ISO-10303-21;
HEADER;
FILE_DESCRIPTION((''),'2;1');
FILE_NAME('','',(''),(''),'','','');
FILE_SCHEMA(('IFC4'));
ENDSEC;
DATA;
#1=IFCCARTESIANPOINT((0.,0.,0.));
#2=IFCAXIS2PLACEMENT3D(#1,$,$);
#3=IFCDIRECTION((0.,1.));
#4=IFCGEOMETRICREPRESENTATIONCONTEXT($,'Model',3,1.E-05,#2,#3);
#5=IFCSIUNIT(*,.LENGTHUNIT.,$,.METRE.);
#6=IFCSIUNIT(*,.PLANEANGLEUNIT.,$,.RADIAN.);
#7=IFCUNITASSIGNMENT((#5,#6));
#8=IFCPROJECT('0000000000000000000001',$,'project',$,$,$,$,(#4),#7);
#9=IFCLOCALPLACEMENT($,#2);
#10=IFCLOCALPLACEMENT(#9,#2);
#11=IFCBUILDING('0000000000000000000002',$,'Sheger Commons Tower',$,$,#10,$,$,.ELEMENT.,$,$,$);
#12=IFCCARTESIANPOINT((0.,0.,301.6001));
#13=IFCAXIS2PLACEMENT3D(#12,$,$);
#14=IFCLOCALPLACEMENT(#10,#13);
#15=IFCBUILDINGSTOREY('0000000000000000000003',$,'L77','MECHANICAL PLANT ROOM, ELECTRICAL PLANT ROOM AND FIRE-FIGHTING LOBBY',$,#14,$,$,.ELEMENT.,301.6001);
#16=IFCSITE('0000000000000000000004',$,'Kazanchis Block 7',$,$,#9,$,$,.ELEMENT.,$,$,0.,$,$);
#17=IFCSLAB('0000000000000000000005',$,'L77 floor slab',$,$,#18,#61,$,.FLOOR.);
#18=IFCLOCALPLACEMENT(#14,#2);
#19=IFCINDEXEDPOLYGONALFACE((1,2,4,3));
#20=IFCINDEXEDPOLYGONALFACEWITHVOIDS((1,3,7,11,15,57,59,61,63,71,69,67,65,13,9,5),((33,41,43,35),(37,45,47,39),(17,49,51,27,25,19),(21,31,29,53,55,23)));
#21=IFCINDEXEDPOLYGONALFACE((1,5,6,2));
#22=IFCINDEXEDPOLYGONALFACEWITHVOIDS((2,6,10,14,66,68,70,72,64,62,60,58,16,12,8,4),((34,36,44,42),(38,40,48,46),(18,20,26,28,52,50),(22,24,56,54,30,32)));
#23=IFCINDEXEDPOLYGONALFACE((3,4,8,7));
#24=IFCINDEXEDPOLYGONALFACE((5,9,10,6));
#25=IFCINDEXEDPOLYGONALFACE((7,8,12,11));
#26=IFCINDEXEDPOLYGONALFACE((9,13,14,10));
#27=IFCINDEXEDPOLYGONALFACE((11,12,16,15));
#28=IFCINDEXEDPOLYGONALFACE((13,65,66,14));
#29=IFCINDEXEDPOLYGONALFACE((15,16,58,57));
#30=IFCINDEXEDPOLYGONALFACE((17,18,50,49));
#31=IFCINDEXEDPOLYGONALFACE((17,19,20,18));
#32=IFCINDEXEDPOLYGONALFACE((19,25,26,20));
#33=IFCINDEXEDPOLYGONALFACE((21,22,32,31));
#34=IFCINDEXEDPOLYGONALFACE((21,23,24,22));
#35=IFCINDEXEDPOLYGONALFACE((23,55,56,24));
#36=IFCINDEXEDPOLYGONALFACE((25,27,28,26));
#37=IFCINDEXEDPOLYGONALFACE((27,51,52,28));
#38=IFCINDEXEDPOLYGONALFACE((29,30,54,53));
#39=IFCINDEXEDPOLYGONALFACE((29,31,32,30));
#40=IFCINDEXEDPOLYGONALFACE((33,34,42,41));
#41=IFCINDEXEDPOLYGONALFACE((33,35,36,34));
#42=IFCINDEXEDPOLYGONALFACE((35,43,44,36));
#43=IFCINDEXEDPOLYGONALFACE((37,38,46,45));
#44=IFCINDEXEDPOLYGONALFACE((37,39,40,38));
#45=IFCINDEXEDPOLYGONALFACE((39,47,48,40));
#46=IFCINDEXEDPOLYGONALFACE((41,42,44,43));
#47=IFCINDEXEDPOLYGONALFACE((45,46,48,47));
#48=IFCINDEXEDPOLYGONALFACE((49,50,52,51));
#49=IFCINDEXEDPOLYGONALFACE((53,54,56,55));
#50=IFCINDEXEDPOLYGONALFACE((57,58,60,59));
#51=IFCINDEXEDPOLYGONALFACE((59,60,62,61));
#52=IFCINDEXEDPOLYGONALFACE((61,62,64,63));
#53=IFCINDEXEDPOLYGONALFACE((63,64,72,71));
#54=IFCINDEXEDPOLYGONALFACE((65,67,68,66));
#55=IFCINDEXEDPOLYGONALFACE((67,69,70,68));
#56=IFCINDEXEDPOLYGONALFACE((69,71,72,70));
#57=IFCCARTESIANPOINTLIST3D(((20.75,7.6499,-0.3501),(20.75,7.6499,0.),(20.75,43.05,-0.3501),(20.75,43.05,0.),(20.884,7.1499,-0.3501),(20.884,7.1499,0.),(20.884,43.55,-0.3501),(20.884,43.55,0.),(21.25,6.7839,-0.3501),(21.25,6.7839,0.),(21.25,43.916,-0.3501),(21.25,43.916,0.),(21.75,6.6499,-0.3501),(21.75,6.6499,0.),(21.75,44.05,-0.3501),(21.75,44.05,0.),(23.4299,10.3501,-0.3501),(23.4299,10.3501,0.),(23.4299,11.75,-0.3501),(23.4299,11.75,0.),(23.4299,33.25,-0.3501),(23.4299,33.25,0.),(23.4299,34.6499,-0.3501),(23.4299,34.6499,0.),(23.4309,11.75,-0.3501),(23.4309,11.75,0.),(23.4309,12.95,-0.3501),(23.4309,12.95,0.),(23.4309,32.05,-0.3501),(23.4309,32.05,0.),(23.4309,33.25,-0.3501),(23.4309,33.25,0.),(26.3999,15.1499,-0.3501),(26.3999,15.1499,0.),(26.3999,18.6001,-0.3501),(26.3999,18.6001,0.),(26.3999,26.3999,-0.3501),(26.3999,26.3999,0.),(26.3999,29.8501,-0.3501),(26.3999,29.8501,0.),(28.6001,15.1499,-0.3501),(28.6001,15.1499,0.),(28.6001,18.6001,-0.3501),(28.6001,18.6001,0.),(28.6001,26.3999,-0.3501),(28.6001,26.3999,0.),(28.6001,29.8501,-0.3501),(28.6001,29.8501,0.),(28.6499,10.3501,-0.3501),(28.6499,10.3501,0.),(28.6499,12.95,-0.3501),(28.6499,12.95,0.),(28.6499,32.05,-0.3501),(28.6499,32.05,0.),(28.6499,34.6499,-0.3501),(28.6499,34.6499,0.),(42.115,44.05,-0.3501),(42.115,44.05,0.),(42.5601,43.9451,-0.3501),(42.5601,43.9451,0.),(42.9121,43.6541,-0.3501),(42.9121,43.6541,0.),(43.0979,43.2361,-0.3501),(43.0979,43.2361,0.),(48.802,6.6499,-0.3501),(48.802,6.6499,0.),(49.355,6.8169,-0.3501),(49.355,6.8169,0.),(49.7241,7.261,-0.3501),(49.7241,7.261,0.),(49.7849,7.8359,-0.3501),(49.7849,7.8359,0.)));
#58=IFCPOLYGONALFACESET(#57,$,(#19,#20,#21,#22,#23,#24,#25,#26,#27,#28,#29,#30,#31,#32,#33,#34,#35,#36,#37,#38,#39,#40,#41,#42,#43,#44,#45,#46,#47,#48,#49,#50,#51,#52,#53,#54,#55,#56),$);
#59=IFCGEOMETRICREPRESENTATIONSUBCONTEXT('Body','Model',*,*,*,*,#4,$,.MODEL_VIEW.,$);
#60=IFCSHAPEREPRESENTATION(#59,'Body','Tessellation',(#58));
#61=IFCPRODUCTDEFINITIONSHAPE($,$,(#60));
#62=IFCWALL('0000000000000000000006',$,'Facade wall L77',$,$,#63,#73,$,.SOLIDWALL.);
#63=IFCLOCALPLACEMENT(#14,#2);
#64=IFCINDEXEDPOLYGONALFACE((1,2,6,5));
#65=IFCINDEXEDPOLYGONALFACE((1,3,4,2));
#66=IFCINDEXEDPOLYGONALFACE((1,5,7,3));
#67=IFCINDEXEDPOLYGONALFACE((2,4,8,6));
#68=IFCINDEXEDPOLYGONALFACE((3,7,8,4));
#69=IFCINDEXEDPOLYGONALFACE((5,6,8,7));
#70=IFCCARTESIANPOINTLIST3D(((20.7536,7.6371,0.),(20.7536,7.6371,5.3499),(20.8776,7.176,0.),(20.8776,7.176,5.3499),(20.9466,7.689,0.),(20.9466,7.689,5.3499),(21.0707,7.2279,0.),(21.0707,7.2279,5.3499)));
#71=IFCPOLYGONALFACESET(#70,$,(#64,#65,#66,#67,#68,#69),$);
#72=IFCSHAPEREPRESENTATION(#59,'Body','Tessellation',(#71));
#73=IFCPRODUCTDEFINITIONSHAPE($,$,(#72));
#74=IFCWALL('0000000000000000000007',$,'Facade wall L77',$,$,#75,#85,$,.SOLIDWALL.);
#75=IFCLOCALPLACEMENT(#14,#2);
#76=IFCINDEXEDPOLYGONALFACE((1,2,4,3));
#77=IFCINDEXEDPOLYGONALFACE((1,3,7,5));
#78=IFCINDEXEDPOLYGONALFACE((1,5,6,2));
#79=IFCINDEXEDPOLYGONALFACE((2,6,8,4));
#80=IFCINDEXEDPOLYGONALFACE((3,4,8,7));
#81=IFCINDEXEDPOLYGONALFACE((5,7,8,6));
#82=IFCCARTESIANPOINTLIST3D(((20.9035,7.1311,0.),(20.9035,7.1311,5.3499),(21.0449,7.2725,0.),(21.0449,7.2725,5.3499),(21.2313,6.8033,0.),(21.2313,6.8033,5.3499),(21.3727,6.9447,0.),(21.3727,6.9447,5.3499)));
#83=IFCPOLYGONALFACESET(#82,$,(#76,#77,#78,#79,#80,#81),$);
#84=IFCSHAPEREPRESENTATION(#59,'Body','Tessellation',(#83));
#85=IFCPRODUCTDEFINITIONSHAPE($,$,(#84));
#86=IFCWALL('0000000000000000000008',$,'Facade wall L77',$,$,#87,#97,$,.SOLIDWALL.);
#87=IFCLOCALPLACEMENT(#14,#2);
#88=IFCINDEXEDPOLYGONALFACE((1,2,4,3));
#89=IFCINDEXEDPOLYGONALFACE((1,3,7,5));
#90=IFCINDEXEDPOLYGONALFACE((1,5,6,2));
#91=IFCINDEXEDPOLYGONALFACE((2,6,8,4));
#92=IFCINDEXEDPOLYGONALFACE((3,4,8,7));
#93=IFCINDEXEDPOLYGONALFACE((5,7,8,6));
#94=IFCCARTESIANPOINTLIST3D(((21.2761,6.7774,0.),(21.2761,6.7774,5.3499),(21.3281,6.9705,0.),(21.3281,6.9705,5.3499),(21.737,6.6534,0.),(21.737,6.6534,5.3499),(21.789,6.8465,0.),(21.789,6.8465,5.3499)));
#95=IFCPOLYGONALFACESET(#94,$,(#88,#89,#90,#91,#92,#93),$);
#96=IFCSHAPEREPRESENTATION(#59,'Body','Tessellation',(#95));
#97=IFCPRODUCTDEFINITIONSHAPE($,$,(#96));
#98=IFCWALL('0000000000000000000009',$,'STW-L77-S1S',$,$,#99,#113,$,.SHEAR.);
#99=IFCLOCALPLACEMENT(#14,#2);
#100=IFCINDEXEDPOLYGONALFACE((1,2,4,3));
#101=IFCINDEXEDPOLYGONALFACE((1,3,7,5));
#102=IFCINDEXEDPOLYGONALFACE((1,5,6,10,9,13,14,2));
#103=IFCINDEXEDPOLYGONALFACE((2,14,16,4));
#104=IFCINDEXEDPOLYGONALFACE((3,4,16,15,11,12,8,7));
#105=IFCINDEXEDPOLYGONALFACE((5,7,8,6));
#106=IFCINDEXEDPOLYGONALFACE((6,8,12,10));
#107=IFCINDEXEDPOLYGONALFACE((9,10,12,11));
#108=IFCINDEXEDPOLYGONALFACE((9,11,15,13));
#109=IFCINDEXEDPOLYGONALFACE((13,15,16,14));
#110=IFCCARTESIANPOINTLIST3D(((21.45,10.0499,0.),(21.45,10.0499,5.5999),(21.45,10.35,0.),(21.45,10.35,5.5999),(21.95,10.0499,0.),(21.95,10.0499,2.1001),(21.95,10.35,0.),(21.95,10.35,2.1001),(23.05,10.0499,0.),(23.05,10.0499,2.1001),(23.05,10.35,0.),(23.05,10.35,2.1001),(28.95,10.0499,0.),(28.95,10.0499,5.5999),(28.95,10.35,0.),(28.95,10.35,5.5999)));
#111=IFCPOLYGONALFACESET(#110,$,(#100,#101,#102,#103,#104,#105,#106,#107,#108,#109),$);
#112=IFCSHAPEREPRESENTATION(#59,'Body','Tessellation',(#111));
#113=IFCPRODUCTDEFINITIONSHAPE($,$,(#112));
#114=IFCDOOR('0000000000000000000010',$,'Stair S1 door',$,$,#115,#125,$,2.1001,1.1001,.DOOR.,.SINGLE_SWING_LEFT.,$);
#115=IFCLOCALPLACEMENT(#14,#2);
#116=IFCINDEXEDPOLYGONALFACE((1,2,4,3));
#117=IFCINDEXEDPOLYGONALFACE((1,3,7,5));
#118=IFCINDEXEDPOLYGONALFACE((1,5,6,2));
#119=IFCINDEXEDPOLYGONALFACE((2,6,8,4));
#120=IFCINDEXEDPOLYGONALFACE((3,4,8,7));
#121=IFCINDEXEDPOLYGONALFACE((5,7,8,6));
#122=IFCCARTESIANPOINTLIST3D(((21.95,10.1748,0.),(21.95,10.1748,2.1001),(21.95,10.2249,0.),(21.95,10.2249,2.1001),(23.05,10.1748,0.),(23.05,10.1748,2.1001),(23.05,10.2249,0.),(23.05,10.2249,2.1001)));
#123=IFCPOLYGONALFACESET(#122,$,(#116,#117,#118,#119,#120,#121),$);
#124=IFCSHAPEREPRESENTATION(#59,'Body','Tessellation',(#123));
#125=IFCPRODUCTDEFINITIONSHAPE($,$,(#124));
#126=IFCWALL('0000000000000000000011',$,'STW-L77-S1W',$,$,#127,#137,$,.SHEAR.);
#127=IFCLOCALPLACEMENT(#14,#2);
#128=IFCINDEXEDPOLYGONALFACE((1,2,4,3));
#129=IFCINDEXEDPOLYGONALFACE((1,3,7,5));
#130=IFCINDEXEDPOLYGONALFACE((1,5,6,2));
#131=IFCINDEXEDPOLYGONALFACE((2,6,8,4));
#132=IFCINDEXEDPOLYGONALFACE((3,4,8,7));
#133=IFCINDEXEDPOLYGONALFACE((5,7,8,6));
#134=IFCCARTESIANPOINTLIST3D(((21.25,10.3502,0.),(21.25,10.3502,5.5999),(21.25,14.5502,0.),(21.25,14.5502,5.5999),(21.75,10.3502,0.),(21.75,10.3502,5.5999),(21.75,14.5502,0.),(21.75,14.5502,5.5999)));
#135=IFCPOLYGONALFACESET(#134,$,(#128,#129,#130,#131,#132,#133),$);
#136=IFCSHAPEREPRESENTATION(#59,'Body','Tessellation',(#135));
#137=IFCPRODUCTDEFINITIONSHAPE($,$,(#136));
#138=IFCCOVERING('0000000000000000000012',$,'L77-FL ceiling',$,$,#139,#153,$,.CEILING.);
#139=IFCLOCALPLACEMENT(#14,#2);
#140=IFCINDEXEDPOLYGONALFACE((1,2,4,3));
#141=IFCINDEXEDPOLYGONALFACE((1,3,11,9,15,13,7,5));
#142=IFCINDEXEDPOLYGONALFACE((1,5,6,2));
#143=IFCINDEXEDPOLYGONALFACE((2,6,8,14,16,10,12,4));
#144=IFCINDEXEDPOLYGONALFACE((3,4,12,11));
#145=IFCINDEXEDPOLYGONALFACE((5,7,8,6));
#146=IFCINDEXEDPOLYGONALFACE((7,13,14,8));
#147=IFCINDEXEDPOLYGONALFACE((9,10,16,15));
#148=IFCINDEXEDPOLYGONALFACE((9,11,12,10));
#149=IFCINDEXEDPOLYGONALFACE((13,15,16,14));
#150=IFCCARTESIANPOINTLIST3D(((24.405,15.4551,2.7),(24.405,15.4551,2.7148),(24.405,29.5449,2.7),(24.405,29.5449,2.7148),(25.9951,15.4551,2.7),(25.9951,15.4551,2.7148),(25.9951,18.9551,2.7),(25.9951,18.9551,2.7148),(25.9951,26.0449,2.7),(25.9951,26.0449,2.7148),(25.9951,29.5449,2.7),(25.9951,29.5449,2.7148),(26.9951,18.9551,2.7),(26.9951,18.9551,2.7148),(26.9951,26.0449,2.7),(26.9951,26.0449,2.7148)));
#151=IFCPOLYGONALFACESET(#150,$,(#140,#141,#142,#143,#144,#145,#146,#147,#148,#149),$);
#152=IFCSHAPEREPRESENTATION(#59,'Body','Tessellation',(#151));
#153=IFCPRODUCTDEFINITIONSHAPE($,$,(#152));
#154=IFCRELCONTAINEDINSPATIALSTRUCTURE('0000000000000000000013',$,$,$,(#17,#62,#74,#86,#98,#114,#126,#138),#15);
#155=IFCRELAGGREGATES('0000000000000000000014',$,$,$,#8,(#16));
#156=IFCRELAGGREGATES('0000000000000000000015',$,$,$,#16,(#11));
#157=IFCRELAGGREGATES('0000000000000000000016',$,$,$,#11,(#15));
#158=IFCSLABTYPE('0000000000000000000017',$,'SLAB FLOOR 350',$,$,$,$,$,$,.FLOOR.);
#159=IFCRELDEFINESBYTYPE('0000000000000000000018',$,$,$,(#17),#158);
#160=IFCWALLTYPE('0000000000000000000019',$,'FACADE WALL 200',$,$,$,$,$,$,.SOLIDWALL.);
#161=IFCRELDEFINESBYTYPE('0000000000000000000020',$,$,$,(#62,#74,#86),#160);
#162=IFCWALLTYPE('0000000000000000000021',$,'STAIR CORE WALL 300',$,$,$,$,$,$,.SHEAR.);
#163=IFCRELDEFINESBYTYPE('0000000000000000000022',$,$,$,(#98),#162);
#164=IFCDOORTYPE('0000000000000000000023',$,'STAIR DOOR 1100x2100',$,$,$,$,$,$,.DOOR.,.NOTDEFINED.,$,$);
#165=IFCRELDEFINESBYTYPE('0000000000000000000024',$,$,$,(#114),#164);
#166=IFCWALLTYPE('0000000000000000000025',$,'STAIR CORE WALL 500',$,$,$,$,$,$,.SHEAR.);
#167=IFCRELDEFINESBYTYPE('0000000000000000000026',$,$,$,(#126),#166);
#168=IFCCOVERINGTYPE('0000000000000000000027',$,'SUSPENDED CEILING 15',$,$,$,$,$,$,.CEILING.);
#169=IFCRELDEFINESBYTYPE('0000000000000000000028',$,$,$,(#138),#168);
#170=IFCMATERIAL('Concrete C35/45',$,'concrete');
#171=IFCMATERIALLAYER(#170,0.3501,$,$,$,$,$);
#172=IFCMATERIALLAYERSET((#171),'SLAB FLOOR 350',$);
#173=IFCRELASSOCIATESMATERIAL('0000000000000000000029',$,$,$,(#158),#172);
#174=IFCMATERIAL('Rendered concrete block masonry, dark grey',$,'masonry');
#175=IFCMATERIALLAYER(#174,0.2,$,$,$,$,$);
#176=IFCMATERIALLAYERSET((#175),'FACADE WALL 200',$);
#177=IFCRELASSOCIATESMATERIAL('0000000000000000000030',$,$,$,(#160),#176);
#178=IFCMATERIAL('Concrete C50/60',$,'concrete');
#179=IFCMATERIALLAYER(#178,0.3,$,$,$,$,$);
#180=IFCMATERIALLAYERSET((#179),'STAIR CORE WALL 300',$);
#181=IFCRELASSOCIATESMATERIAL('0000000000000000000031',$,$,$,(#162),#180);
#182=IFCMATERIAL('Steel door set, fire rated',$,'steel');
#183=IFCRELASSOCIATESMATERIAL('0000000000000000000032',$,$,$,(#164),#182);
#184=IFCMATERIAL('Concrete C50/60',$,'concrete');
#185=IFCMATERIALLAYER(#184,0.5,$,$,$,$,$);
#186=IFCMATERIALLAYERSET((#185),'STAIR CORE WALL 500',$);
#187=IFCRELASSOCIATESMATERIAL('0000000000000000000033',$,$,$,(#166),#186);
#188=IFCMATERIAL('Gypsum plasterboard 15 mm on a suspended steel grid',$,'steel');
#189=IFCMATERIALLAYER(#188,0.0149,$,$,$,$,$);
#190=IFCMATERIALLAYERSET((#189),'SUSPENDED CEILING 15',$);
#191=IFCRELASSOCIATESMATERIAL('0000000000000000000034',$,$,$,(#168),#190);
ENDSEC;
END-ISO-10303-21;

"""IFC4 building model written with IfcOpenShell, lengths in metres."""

from ifc_helpers import new_model, si_unit, direction, frame, frame_2d, origin, place, context, subcontext, project, spatial, polyline, rectangle, outline, extrude, material, layer, layer_set, type_object, element, fill, save


model = new_model("IFC4")

# Units and contexts
model_context = context("Model", 3, precision=1e-05, world=origin(), true_north=direction((0.0, 1.0)))
body_context = subcontext(model_context, "Body", "Model", "MODEL_VIEW")
ifc_project = project(units=[si_unit("LENGTHUNIT", "METRE"), si_unit("PLANEANGLEUNIT", "RADIAN")], contexts=[model_context])

# Site, building, storey
site_placement = place(None, origin())
site = spatial("IfcSite", under=ifc_project, at=site_placement, Name="Kazanchis Block 7", CompositionType="ELEMENT", RefElevation=0.0)
building_placement = place(site_placement, origin())
building = spatial("IfcBuilding", under=site, at=building_placement, Name="Sheger Commons Tower", CompositionType="ELEMENT")
storey_placement = place(building_placement, frame((0.0, 0.0, 301.6001)))
storey = spatial("IfcBuildingStorey", under=building, at=storey_placement, Name="L77", Description="MECHANICAL PLANT ROOM, ELECTRICAL PLANT ROOM AND FIRE-FIGHTING LOBBY", CompositionType="ELEMENT", Elevation=301.6001)

# Slab
ifc_material_1 = material(Name="Concrete C35/45", Category="concrete")
ifc_layer_1 = layer(ifc_material_1, 0.3501)
ifc_layer_set_1 = layer_set([ifc_layer_1], Name="SLAB FLOOR 350")
slab_type = type_object("IfcSlabType", Name="SLAB FLOOR 350", PredefinedType="FLOOR", material=ifc_layer_set_1)
slab_placement = place(storey_placement, frame((0.0, 0.0, -0.3501)))
element("IfcSlab", 1, at=slab_placement, inside=storey, type_object=slab_type, Name="L77 floor slab", PredefinedType="FLOOR", context=body_context, shape_type="SweptSolid", body=[
    extrude(outline(polyline([(20.75, 7.6499), (20.884, 7.1499), (21.25, 6.7839), (21.75, 6.6499), (48.802, 6.6499), (49.355, 6.8169), (49.7241, 7.261), (49.7849, 7.8359), (43.0979, 43.2361), (42.9121, 43.6541), (42.5601, 43.9451), (42.115, 44.05), (21.75, 44.05), (21.25, 43.916), (20.884, 43.55), (20.75, 43.05), (20.75, 7.6499)]), holes=[polyline([(23.4299, 10.3501), (28.6499, 10.3501), (28.6499, 12.95), (23.4309, 12.95), (23.4309, 11.75), (23.4299, 11.75), (23.4299, 10.3501)]), polyline([(23.4309, 32.05), (28.6499, 32.05), (28.6499, 34.6499), (23.4299, 34.6499), (23.4299, 33.25), (23.4309, 33.25), (23.4309, 32.05)]), polyline([(26.3999, 15.1499), (28.6001, 15.1499), (28.6001, 18.6001), (26.3999, 18.6001), (26.3999, 15.1499)]), polyline([(26.3999, 26.3999), (28.6001, 26.3999), (28.6001, 29.8501), (26.3999, 29.8501), (26.3999, 26.3999)])]), origin(), (0.0, 0.0, 1.0), 0.3501),
])

# Walls
ifc_material_2 = material(Name="Rendered concrete block masonry, dark grey", Category="masonry")
ifc_layer_2 = layer(ifc_material_2, 0.2)
ifc_layer_set_2 = layer_set([ifc_layer_2], Name="FACADE WALL 200")
wall_type_1 = type_object("IfcWallType", Name="FACADE WALL 200", PredefinedType="SOLIDWALL", material=ifc_layer_set_2)
wall_1_placement = place(storey_placement, frame((20.8501, 7.6631, 0.0), z_axis=(0.0, 0.0, 1.0), x_axis=(0.259698, -0.96569, 0.0)))
element("IfcWall", 2, at=wall_1_placement, inside=storey, type_object=wall_type_1, Name="Facade wall L77", PredefinedType="SOLIDWALL", context=body_context, shape_type="SweptSolid", body=[
    extrude(rectangle(XDim=0.4775, YDim=0.2, at=frame_2d((0.2388, 0.0))), origin(), (0.0, 0.0, 1.0), 5.3499),
])
wall_2_placement = place(storey_placement, frame((20.9741, 7.2019, 0.0), z_axis=(0.0, 0.0, 1.0), x_axis=(0.707107, -0.707107, 0.0)))
element("IfcWall", 3, at=wall_2_placement, inside=storey, type_object=wall_type_1, Name="Facade wall L77", PredefinedType="SOLIDWALL", context=body_context, shape_type="SweptSolid", body=[
    extrude(rectangle(XDim=0.4636, YDim=0.2, at=frame_2d((0.2319, 0.0))), origin(), (0.0, 0.0, 1.0), 5.3499),
])
wall_3_placement = place(storey_placement, frame((21.302, 6.874, 0.0), z_axis=(0.0, 0.0, 1.0), x_axis=(0.965655, -0.259827, 0.0)))
element("IfcWall", 4, at=wall_3_placement, inside=storey, type_object=wall_type_1, Name="Facade wall L77", PredefinedType="SOLIDWALL", context=body_context, shape_type="SweptSolid", body=[
    extrude(rectangle(XDim=0.4773, YDim=0.2, at=frame_2d((0.2388, 0.0))), origin(), (0.0, 0.0, 1.0), 5.3499),
])

# Wall, opening, door
ifc_material_3 = material(Name="Concrete C50/60", Category="concrete")
ifc_layer_3 = layer(ifc_material_3, 0.3)
ifc_layer_set_3 = layer_set([ifc_layer_3], Name="STAIR CORE WALL 300")
wall_type_2 = type_object("IfcWallType", Name="STAIR CORE WALL 300", PredefinedType="SHEAR", material=ifc_layer_set_3)
wall_4_placement = place(storey_placement, frame((21.45, 10.2, 0.0), z_axis=(0.0, 0.0, 1.0), x_axis=(1.0, 0.0, 0.0)))
wall_4 = element("IfcWall", 5, at=wall_4_placement, inside=storey, type_object=wall_type_2, Name="STW-L77-S1S", PredefinedType="SHEAR", context=body_context, shape_type="SweptSolid", body=[
    extrude(rectangle(XDim=7.5, YDim=0.3, at=frame_2d((3.75, 0.0))), origin(), (0.0, 0.0, 1.0), 5.5999),
])
opening_placement = place(wall_4_placement, frame((0.5, 0.0, 0.0)))
opening = element("IfcOpeningElement", 6, at=opening_placement, cuts=wall_4, PredefinedType="OPENING", context=body_context, shape_type="SweptSolid", body=[
    extrude(rectangle(XDim=1.1001, YDim=2.1001, at=frame_2d((0.55, 1.05))), frame((0.0, 0.1599, 0.0), z_axis=(0.0, -1.0, 0.0), x_axis=(1.0, 0.0, 0.0)), (0.0, 0.0, 1.0), 0.3201),
])
ifc_material_4 = material(Name="Steel door set, fire rated", Category="steel")
door_type = type_object("IfcDoorType", Name="STAIR DOOR 1100x2100", OperationType="NOTDEFINED", PredefinedType="DOOR", material=ifc_material_4)
door_placement = place(opening_placement, origin())
door = element("IfcDoor", 7, at=door_placement, inside=storey, type_object=door_type, Name="Stair S1 door", OperationType="SINGLE_SWING_LEFT", OverallHeight=2.1001, OverallWidth=1.1001, PredefinedType="DOOR", context=body_context, shape_type="SweptSolid", body=[
    extrude(rectangle(XDim=1.1001, YDim=2.1001, at=frame_2d((0.55, 1.05))), frame((0.0, 0.0249, 0.0), z_axis=(0.0, -1.0, 0.0), x_axis=(1.0, 0.0, 0.0)), (0.0, 0.0, 1.0), 0.05),
])
fill(opening, door)

# Wall
ifc_material_5 = material(Name="Concrete C50/60", Category="concrete")
ifc_layer_4 = layer(ifc_material_5, 0.5)
ifc_layer_set_4 = layer_set([ifc_layer_4], Name="STAIR CORE WALL 500")
wall_type_3 = type_object("IfcWallType", Name="STAIR CORE WALL 500", PredefinedType="SHEAR", material=ifc_layer_set_4)
wall_5_placement = place(storey_placement, frame((21.5, 10.3501, 0.0), z_axis=(0.0, 0.0, 1.0), x_axis=(0.0, 1.0, 0.0)))
element("IfcWall", 8, at=wall_5_placement, inside=storey, type_object=wall_type_3, Name="STW-L77-S1W", PredefinedType="SHEAR", context=body_context, shape_type="SweptSolid", body=[
    extrude(rectangle(XDim=4.2, YDim=0.5, at=frame_2d((2.1001, 0.0))), origin(), (0.0, 0.0, 1.0), 5.5999),
])

# Covering
ifc_material_6 = material(Name="Gypsum plasterboard 15 mm on a suspended steel grid", Category="steel")
ifc_layer_5 = layer(ifc_material_6, 0.0149)
ifc_layer_set_5 = layer_set([ifc_layer_5], Name="SUSPENDED CEILING 15")
covering_type = type_object("IfcCoveringType", Name="SUSPENDED CEILING 15", PredefinedType="CEILING", material=ifc_layer_set_5)
covering_placement = place(storey_placement, frame((0.0, 0.0, 2.7)))
element("IfcCovering", 9, at=covering_placement, inside=storey, type_object=covering_type, Name="L77-FL ceiling", PredefinedType="CEILING", context=body_context, shape_type="SweptSolid", body=[
    extrude(outline(polyline([(24.405, 15.4551), (25.9951, 15.4551), (25.9951, 18.9551), (26.9951, 18.9551), (26.9951, 26.0449), (25.9951, 26.0449), (25.9951, 29.5449), (24.405, 29.5449), (24.405, 15.4551)])), origin(), (0.0, 0.0, 1.0), 0.0149),
])

save(model, "model.ifc")
